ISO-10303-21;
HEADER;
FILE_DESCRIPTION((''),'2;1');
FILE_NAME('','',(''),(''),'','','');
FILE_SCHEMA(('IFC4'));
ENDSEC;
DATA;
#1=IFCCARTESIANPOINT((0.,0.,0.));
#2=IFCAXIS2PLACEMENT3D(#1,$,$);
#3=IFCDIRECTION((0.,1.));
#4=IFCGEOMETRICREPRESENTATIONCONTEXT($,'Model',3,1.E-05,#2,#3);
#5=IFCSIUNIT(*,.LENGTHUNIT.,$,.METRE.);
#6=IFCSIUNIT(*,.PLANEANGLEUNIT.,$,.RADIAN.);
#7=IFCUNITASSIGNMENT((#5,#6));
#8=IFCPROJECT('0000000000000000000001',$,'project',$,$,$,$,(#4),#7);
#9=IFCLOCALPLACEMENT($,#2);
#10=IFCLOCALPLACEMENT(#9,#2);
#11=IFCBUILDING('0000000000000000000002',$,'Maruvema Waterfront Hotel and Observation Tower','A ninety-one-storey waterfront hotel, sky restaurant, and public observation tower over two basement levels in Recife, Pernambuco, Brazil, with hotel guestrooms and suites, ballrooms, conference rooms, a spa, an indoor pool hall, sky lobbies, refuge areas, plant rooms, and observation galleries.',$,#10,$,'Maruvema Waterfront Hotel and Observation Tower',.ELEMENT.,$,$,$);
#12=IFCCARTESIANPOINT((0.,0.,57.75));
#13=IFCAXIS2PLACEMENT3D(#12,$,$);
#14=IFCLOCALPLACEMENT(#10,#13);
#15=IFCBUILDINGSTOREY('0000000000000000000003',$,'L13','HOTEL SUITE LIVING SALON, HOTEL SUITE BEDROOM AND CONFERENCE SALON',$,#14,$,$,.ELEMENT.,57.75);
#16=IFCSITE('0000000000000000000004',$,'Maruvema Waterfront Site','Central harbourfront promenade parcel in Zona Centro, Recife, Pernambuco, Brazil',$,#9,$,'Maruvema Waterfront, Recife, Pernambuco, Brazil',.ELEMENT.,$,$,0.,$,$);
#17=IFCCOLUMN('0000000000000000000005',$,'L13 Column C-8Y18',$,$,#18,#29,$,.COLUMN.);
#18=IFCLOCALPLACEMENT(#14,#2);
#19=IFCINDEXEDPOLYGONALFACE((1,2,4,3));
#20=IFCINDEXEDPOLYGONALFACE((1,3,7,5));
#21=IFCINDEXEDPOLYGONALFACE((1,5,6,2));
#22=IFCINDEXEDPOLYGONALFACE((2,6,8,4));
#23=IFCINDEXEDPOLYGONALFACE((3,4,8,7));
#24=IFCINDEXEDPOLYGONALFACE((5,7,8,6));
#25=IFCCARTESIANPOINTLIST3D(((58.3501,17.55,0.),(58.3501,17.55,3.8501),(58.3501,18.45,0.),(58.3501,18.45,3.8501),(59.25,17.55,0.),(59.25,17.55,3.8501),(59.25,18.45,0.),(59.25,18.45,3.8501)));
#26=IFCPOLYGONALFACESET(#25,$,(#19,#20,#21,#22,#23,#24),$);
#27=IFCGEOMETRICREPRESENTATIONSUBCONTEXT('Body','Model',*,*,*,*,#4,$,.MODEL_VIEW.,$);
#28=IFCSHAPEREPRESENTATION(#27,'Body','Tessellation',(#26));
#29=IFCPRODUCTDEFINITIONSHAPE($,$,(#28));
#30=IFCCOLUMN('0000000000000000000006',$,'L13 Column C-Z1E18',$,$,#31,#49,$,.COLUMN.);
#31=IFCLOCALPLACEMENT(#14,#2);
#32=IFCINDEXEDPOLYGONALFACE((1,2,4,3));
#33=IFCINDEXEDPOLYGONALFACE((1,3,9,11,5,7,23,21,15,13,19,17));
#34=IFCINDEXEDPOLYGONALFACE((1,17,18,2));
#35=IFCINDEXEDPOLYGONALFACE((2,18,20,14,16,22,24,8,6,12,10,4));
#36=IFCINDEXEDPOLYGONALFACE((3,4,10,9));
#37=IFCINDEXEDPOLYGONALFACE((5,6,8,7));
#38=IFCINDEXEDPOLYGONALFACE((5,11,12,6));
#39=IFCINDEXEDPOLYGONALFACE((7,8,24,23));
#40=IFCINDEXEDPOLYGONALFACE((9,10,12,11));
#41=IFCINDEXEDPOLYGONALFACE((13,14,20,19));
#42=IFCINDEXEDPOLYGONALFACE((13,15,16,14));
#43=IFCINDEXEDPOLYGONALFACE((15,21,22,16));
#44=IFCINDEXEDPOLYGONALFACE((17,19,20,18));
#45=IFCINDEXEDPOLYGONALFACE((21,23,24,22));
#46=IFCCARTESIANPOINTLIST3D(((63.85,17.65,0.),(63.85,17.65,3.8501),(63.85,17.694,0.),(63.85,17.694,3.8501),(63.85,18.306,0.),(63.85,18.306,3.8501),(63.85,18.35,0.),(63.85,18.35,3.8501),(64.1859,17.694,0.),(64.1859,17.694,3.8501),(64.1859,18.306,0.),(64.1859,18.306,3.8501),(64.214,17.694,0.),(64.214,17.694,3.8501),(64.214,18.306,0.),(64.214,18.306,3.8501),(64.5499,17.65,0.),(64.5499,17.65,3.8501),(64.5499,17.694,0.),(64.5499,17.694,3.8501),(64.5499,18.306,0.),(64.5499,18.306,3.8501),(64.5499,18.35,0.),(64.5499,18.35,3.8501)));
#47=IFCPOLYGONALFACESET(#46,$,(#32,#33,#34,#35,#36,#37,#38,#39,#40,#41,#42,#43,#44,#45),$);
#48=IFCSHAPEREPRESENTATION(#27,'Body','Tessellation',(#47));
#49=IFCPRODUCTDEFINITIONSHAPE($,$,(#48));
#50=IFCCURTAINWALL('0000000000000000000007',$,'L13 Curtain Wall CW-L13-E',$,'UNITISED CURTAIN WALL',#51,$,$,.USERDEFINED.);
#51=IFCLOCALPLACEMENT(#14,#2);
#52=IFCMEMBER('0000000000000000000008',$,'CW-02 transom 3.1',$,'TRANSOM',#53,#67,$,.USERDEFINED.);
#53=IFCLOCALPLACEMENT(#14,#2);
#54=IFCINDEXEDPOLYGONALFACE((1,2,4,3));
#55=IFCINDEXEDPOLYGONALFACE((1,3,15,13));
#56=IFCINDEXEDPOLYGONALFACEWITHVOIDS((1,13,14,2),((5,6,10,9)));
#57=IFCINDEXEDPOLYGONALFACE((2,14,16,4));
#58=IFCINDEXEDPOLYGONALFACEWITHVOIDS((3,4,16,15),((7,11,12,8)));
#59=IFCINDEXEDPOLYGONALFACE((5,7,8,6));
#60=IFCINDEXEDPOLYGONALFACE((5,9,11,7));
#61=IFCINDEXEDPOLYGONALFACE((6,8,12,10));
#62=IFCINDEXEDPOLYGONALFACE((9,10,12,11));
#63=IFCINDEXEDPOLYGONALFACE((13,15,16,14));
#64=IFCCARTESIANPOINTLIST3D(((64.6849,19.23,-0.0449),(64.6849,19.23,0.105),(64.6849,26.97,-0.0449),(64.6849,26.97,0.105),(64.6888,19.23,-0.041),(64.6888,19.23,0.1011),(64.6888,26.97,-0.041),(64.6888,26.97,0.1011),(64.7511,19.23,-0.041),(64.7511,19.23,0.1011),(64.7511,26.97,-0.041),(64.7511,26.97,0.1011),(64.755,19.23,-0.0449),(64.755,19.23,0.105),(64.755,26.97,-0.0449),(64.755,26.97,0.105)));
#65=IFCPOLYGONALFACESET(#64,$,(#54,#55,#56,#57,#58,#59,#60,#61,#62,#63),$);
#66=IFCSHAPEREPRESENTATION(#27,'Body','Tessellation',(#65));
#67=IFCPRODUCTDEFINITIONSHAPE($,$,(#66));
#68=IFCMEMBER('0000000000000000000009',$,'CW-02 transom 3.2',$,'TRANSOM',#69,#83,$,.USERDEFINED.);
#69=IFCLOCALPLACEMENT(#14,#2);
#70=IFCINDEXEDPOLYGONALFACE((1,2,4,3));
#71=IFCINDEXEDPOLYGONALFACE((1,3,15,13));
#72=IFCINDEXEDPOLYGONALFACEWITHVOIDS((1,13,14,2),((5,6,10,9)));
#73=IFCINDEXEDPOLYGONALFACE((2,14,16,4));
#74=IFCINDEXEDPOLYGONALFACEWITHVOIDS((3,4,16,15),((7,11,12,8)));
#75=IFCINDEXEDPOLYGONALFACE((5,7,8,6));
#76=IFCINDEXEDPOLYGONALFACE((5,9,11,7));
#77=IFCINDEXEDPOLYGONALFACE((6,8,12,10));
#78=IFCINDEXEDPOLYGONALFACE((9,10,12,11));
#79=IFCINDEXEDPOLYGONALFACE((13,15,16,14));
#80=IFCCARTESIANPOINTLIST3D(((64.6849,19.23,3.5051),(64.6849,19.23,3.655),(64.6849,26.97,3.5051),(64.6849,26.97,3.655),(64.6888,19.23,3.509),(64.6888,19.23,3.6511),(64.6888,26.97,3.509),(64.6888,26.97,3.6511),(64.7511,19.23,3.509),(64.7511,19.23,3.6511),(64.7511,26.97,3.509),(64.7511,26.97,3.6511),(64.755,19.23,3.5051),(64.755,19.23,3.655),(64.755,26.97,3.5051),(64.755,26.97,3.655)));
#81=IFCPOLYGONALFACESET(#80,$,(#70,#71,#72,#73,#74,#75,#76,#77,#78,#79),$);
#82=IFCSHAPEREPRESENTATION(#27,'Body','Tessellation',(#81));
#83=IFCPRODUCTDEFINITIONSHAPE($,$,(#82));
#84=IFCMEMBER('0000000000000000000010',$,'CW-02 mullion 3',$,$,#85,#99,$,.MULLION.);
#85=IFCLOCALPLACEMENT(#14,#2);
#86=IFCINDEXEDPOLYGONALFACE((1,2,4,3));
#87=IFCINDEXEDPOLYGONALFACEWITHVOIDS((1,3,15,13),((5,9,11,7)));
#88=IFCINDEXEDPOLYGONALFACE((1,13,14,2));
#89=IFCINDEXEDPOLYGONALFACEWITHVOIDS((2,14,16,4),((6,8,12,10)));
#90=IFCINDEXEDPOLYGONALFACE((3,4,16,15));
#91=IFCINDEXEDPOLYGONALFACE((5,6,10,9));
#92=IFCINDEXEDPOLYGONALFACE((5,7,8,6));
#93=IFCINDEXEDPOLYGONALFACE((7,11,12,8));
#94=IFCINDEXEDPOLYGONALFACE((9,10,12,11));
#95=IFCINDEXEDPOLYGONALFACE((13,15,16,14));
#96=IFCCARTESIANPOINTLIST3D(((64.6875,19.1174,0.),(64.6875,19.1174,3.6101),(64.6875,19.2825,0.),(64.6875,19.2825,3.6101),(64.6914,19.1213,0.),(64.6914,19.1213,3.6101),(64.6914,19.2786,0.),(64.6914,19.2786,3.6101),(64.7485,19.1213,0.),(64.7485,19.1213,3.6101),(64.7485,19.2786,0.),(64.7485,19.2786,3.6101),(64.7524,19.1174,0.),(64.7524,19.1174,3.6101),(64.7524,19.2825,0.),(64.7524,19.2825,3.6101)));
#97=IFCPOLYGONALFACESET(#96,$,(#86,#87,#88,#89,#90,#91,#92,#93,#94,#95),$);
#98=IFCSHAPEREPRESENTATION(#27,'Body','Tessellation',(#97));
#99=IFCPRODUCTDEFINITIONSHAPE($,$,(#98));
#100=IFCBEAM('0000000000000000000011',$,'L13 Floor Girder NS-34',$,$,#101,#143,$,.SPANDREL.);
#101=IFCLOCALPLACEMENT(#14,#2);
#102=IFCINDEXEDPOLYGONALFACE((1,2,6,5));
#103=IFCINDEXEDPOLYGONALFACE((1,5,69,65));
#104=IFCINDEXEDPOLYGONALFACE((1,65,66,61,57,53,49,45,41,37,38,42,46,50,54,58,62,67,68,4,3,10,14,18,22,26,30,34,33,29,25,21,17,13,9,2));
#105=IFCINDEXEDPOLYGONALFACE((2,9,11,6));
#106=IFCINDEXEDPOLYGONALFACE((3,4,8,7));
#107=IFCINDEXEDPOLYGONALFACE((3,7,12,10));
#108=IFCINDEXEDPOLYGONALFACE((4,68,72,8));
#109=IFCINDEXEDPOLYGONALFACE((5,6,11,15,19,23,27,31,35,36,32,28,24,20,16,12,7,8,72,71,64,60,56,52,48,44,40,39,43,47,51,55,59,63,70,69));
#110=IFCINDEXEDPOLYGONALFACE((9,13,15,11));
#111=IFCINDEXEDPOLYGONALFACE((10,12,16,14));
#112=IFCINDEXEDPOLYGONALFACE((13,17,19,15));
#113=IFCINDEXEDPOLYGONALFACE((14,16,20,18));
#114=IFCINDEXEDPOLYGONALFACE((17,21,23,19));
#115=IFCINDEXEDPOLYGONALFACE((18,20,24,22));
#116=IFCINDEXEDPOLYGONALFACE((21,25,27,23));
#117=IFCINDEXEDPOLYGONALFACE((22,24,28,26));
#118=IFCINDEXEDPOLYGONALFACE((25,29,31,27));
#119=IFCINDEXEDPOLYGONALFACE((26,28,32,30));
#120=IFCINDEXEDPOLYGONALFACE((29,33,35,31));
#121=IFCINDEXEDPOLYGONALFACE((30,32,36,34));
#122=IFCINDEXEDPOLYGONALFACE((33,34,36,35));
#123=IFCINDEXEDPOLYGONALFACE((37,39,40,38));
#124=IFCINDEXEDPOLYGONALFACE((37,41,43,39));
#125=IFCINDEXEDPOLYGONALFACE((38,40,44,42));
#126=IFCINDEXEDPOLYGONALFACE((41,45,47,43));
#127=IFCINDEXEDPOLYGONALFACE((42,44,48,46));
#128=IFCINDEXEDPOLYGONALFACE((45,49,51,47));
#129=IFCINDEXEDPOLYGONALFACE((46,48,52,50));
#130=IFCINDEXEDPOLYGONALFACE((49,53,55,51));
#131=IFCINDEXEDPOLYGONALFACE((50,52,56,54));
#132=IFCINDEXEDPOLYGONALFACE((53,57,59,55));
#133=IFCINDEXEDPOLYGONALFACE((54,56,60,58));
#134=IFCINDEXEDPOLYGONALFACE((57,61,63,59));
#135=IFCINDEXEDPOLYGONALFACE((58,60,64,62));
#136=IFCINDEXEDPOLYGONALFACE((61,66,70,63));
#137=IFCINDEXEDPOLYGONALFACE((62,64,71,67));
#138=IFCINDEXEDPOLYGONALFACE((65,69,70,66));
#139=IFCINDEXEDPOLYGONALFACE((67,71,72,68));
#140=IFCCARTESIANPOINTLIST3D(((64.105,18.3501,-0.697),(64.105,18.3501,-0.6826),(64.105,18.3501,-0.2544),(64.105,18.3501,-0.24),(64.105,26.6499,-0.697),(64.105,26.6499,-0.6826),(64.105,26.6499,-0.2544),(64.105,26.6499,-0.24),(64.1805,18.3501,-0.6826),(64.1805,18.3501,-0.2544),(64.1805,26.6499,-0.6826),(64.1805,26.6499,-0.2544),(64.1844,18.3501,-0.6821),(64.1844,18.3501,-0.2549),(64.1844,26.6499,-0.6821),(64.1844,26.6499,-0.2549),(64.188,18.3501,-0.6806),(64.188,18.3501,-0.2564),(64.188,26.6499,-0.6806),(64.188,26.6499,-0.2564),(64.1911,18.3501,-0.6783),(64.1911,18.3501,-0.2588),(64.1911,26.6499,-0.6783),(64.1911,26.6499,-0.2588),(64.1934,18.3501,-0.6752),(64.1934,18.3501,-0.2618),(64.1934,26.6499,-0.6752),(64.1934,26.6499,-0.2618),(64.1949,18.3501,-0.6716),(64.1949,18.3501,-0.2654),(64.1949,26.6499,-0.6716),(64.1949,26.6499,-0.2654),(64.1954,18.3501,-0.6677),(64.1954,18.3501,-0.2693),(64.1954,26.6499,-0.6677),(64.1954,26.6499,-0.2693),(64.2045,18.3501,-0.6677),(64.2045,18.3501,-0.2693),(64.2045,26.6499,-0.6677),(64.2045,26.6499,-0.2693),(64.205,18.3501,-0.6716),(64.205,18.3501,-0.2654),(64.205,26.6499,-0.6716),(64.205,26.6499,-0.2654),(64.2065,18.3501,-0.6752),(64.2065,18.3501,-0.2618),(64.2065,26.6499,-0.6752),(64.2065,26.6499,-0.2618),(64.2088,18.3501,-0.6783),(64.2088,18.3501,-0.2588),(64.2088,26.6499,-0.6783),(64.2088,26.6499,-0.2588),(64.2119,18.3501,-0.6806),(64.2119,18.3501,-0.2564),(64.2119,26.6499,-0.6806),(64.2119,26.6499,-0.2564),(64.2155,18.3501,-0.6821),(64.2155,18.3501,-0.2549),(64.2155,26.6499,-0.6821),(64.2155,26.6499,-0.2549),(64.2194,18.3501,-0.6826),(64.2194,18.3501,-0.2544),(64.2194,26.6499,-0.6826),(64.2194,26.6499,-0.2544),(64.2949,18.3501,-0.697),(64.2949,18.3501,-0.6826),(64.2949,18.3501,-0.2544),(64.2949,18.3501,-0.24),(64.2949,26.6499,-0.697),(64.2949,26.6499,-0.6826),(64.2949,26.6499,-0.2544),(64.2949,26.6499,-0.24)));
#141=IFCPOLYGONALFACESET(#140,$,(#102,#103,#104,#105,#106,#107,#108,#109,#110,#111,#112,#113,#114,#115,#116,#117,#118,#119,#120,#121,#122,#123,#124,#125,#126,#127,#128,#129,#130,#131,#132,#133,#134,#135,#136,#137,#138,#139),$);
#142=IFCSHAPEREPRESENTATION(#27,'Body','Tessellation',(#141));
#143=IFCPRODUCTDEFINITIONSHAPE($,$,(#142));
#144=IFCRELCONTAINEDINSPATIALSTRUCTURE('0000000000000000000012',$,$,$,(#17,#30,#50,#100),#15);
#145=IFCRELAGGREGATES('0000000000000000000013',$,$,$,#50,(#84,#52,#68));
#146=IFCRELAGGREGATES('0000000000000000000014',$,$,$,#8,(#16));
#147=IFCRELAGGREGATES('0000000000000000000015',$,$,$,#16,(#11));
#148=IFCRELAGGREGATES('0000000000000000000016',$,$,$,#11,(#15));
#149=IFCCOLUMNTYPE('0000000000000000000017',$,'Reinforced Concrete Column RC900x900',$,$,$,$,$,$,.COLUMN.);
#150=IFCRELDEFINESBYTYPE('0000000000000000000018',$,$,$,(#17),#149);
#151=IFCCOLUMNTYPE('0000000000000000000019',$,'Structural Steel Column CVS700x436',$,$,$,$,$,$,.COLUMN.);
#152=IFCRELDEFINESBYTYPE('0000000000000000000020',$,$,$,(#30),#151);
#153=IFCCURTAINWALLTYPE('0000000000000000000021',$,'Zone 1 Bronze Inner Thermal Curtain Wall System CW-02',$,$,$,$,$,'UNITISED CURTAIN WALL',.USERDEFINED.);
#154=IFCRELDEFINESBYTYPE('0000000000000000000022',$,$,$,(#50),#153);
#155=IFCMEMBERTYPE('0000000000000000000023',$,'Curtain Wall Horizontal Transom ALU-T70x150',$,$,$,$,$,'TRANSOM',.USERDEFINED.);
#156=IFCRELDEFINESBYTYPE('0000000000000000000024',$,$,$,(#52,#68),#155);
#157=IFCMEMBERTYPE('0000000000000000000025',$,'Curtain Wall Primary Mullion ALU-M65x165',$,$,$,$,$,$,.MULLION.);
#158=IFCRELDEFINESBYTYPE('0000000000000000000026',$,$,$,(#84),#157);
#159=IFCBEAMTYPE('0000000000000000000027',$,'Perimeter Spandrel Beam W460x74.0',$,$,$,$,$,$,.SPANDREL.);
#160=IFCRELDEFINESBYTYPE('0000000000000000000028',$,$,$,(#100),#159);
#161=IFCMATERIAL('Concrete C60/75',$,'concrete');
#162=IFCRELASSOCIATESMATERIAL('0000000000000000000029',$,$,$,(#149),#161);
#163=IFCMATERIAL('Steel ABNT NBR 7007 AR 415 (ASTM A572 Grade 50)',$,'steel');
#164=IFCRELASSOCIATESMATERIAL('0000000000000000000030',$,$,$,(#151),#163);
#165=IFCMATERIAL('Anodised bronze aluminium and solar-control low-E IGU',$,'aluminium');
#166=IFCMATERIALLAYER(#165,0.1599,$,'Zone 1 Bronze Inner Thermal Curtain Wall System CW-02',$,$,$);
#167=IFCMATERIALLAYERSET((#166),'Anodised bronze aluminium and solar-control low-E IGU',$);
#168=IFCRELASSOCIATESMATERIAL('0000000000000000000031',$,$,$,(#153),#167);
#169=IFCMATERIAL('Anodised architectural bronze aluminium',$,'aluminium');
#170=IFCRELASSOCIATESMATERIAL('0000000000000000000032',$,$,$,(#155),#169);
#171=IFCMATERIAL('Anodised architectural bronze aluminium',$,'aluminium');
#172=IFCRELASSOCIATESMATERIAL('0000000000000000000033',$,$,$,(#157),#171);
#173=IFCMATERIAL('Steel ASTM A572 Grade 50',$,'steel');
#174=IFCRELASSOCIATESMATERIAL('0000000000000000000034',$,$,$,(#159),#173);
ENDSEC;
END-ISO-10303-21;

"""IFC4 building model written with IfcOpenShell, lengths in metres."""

from ifc_helpers import new_model, si_unit, direction, frame, origin, origin_2d, place, context, subcontext, project, spatial, rectangle, hollow_rectangle, i_section, extrude, material, layer, layer_set, material_profile, profile_set, type_object, element, aggregate, save


model = new_model("IFC4")

# Units and contexts
model_context = context("Model", 3, precision=1e-05, world=origin(), true_north=direction((0.0, 1.0)))
body_context = subcontext(model_context, "Body", "Model", "MODEL_VIEW")
ifc_project = project(units=[si_unit("LENGTHUNIT", "METRE"), si_unit("PLANEANGLEUNIT", "RADIAN")], contexts=[model_context])

# Site, building, storey
site_placement = place(None, origin())
site = spatial("IfcSite", under=ifc_project, at=site_placement, Name="Maruvema Waterfront Site", Description="Central harbourfront promenade parcel in Zona Centro, Recife, Pernambuco, Brazil", LongName="Maruvema Waterfront, Recife, Pernambuco, Brazil", CompositionType="ELEMENT", RefElevation=0.0)
building_placement = place(site_placement, origin())
building = spatial("IfcBuilding", under=site, at=building_placement, Name="Maruvema Waterfront Hotel and Observation Tower", Description="A ninety-one-storey waterfront hotel, sky restaurant, and public observation tower over two basement levels in Recife, Pernambuco, Brazil, with hotel guestrooms and suites, ballrooms, conference rooms, a spa, an indoor pool hall, sky lobbies, refuge areas, plant rooms, and observation galleries.", LongName="Maruvema Waterfront Hotel and Observation Tower", CompositionType="ELEMENT")
storey_placement = place(building_placement, frame((0.0, 0.0, 57.75)))
storey = spatial("IfcBuildingStorey", under=building, at=storey_placement, Name="L13", Description="HOTEL SUITE LIVING SALON, HOTEL SUITE BEDROOM AND CONFERENCE SALON", CompositionType="ELEMENT", Elevation=57.75)

# Columns
ifc_material_1 = material(Name="Concrete C60/75", Category="concrete")
ifc_material_profile_1 = material_profile(ifc_material_1, rectangle(XDim=0.8999, YDim=0.8999, at=origin_2d()), Name="RC900x900")
ifc_profile_set_1 = profile_set([ifc_material_profile_1], Name="Concrete C60/75")
column_type_1 = type_object("IfcColumnType", Name="Reinforced Concrete Column RC900x900", PredefinedType="COLUMN", material=ifc_profile_set_1)
column_1_placement = place(storey_placement, frame((58.8, 18.0, 0.0), z_axis=(0.0, 0.0, 1.0), x_axis=(1.0, 0.0, 0.0)))
element("IfcColumn", 1, at=column_1_placement, inside=storey, type_object=column_type_1, Name="L13 Column C-8Y18", PredefinedType="COLUMN", context=body_context, shape_type="SweptSolid", body=[
    extrude(rectangle(XDim=0.8999, YDim=0.8999, at=origin_2d()), origin(), (0.0, 0.0, 1.0), 3.8501),
])
ifc_material_2 = material(Name="Steel ABNT NBR 7007 AR 415 (ASTM A572 Grade 50)", Category="steel")
ifc_material_profile_2 = material_profile(ifc_material_2, i_section(OverallWidth=0.7, OverallDepth=0.7, WebThickness=0.0281, FlangeThickness=0.0439, at=origin_2d()), Name="CVS700x436")
ifc_profile_set_2 = profile_set([ifc_material_profile_2], Name="Steel ABNT NBR 7007 AR 415 (ASTM A572 Grade 50)")
column_type_2 = type_object("IfcColumnType", Name="Structural Steel Column CVS700x436", PredefinedType="COLUMN", material=ifc_profile_set_2)
column_2_placement = place(storey_placement, frame((64.2, 18.0, 0.0), z_axis=(0.0, 0.0, 1.0), x_axis=(1.0, 0.0, 0.0)))
element("IfcColumn", 2, at=column_2_placement, inside=storey, type_object=column_type_2, Name="L13 Column C-Z1E18", PredefinedType="COLUMN", context=body_context, shape_type="SweptSolid", body=[
    extrude(i_section(OverallWidth=0.7, OverallDepth=0.7, WebThickness=0.0281, FlangeThickness=0.0439, at=origin_2d()), origin(), (0.0, 0.0, 1.0), 3.8501),
])

# Curtain wall, members
ifc_material_3 = material(Name="Anodised bronze aluminium and solar-control low-E IGU", Category="aluminium")
ifc_layer_1 = layer(ifc_material_3, 0.1599, Name="Zone 1 Bronze Inner Thermal Curtain Wall System CW-02")
ifc_layer_set_1 = layer_set([ifc_layer_1], Name="Anodised bronze aluminium and solar-control low-E IGU")
curtain_wall_type = type_object("IfcCurtainWallType", Name="Zone 1 Bronze Inner Thermal Curtain Wall System CW-02", ElementType="UNITISED CURTAIN WALL", PredefinedType="USERDEFINED", material=ifc_layer_set_1)
curtain_wall_placement = place(storey_placement, origin())
curtain_wall = element("IfcCurtainWall", 3, at=curtain_wall_placement, inside=storey, type_object=curtain_wall_type, Name="L13 Curtain Wall CW-L13-E", ObjectType="UNITISED CURTAIN WALL", PredefinedType="USERDEFINED")
ifc_material_4 = material(Name="Anodised architectural bronze aluminium", Category="aluminium")
ifc_material_profile_3 = material_profile(ifc_material_4, hollow_rectangle(XDim=0.0701, YDim=0.1499, WallThickness=0.0039, at=origin_2d()), Name="ALU-T70x150")
ifc_profile_set_3 = profile_set([ifc_material_profile_3], Name="Anodised architectural bronze aluminium")
member_type_1 = type_object("IfcMemberType", Name="Curtain Wall Horizontal Transom ALU-T70x150", ElementType="TRANSOM", PredefinedType="USERDEFINED", material=ifc_profile_set_3)
member_1_placement = place(storey_placement, frame((64.72, 19.23, 0.03), z_axis=(0.0, 1.0, 0.0), x_axis=(-1.0, 0.0, 0.0)))
member_1 = element("IfcMember", 4, at=member_1_placement, type_object=member_type_1, Name="CW-02 transom 3.1", ObjectType="TRANSOM", PredefinedType="USERDEFINED", context=body_context, shape_type="SweptSolid", body=[
    extrude(hollow_rectangle(XDim=0.0701, YDim=0.1499, WallThickness=0.0039, at=origin_2d()), origin(), (0.0, 0.0, 1.0), 7.74),
])
member_2_placement = place(storey_placement, frame((64.72, 19.23, 3.5801), z_axis=(0.0, 1.0, 0.0), x_axis=(-1.0, 0.0, 0.0)))
member_2 = element("IfcMember", 5, at=member_2_placement, type_object=member_type_1, Name="CW-02 transom 3.2", ObjectType="TRANSOM", PredefinedType="USERDEFINED", context=body_context, shape_type="SweptSolid", body=[
    extrude(hollow_rectangle(XDim=0.0701, YDim=0.1499, WallThickness=0.0039, at=origin_2d()), origin(), (0.0, 0.0, 1.0), 7.74),
])
ifc_material_5 = material(Name="Anodised architectural bronze aluminium", Category="aluminium")
ifc_material_profile_4 = material_profile(ifc_material_5, hollow_rectangle(XDim=0.0649, YDim=0.165, WallThickness=0.0039, at=origin_2d()), Name="ALU-M65x165")
ifc_profile_set_4 = profile_set([ifc_material_profile_4], Name="Anodised architectural bronze aluminium")
member_type_2 = type_object("IfcMemberType", Name="Curtain Wall Primary Mullion ALU-M65x165", PredefinedType="MULLION", material=ifc_profile_set_4)
member_3_placement = place(storey_placement, frame((64.72, 19.2, 0.0), z_axis=(0.0, 0.0, 1.0), x_axis=(-1.0, 0.0, 0.0)))
member_3 = element("IfcMember", 6, at=member_3_placement, type_object=member_type_2, Name="CW-02 mullion 3", PredefinedType="MULLION", context=body_context, shape_type="SweptSolid", body=[
    extrude(hollow_rectangle(XDim=0.0649, YDim=0.165, WallThickness=0.0039, at=origin_2d()), origin(), (0.0, 0.0, 1.0), 3.6101),
])
aggregate(curtain_wall, [member_3, member_1, member_2])

# Beam
ifc_material_6 = material(Name="Steel ASTM A572 Grade 50", Category="steel")
ifc_material_profile_5 = material_profile(ifc_material_6, i_section(OverallWidth=0.1899, OverallDepth=0.457, WebThickness=0.009, FlangeThickness=0.0144, FilletRadius=0.0149, at=origin_2d()), Name="W460x74.0")
ifc_profile_set_5 = profile_set([ifc_material_profile_5], Name="Steel ASTM A572 Grade 50")
beam_type_1 = type_object("IfcBeamType", Name="Perimeter Spandrel Beam W460x74.0", PredefinedType="SPANDREL", material=ifc_profile_set_5)
beam_1_placement = place(storey_placement, frame((64.2, 18.3501, -0.4685), z_axis=(0.0, 1.0, 0.0), x_axis=(-1.0, 0.0, 0.0)))
element("IfcBeam", 7, at=beam_1_placement, inside=storey, type_object=beam_type_1, Name="L13 Floor Girder NS-34", PredefinedType="SPANDREL", context=body_context, shape_type="SweptSolid", body=[
    extrude(i_section(OverallWidth=0.1899, OverallDepth=0.457, WebThickness=0.009, FlangeThickness=0.0144, FilletRadius=0.0149, at=origin_2d()), origin(), (0.0, 0.0, 1.0), 8.2998),
])

save(model, "model.ifc")
